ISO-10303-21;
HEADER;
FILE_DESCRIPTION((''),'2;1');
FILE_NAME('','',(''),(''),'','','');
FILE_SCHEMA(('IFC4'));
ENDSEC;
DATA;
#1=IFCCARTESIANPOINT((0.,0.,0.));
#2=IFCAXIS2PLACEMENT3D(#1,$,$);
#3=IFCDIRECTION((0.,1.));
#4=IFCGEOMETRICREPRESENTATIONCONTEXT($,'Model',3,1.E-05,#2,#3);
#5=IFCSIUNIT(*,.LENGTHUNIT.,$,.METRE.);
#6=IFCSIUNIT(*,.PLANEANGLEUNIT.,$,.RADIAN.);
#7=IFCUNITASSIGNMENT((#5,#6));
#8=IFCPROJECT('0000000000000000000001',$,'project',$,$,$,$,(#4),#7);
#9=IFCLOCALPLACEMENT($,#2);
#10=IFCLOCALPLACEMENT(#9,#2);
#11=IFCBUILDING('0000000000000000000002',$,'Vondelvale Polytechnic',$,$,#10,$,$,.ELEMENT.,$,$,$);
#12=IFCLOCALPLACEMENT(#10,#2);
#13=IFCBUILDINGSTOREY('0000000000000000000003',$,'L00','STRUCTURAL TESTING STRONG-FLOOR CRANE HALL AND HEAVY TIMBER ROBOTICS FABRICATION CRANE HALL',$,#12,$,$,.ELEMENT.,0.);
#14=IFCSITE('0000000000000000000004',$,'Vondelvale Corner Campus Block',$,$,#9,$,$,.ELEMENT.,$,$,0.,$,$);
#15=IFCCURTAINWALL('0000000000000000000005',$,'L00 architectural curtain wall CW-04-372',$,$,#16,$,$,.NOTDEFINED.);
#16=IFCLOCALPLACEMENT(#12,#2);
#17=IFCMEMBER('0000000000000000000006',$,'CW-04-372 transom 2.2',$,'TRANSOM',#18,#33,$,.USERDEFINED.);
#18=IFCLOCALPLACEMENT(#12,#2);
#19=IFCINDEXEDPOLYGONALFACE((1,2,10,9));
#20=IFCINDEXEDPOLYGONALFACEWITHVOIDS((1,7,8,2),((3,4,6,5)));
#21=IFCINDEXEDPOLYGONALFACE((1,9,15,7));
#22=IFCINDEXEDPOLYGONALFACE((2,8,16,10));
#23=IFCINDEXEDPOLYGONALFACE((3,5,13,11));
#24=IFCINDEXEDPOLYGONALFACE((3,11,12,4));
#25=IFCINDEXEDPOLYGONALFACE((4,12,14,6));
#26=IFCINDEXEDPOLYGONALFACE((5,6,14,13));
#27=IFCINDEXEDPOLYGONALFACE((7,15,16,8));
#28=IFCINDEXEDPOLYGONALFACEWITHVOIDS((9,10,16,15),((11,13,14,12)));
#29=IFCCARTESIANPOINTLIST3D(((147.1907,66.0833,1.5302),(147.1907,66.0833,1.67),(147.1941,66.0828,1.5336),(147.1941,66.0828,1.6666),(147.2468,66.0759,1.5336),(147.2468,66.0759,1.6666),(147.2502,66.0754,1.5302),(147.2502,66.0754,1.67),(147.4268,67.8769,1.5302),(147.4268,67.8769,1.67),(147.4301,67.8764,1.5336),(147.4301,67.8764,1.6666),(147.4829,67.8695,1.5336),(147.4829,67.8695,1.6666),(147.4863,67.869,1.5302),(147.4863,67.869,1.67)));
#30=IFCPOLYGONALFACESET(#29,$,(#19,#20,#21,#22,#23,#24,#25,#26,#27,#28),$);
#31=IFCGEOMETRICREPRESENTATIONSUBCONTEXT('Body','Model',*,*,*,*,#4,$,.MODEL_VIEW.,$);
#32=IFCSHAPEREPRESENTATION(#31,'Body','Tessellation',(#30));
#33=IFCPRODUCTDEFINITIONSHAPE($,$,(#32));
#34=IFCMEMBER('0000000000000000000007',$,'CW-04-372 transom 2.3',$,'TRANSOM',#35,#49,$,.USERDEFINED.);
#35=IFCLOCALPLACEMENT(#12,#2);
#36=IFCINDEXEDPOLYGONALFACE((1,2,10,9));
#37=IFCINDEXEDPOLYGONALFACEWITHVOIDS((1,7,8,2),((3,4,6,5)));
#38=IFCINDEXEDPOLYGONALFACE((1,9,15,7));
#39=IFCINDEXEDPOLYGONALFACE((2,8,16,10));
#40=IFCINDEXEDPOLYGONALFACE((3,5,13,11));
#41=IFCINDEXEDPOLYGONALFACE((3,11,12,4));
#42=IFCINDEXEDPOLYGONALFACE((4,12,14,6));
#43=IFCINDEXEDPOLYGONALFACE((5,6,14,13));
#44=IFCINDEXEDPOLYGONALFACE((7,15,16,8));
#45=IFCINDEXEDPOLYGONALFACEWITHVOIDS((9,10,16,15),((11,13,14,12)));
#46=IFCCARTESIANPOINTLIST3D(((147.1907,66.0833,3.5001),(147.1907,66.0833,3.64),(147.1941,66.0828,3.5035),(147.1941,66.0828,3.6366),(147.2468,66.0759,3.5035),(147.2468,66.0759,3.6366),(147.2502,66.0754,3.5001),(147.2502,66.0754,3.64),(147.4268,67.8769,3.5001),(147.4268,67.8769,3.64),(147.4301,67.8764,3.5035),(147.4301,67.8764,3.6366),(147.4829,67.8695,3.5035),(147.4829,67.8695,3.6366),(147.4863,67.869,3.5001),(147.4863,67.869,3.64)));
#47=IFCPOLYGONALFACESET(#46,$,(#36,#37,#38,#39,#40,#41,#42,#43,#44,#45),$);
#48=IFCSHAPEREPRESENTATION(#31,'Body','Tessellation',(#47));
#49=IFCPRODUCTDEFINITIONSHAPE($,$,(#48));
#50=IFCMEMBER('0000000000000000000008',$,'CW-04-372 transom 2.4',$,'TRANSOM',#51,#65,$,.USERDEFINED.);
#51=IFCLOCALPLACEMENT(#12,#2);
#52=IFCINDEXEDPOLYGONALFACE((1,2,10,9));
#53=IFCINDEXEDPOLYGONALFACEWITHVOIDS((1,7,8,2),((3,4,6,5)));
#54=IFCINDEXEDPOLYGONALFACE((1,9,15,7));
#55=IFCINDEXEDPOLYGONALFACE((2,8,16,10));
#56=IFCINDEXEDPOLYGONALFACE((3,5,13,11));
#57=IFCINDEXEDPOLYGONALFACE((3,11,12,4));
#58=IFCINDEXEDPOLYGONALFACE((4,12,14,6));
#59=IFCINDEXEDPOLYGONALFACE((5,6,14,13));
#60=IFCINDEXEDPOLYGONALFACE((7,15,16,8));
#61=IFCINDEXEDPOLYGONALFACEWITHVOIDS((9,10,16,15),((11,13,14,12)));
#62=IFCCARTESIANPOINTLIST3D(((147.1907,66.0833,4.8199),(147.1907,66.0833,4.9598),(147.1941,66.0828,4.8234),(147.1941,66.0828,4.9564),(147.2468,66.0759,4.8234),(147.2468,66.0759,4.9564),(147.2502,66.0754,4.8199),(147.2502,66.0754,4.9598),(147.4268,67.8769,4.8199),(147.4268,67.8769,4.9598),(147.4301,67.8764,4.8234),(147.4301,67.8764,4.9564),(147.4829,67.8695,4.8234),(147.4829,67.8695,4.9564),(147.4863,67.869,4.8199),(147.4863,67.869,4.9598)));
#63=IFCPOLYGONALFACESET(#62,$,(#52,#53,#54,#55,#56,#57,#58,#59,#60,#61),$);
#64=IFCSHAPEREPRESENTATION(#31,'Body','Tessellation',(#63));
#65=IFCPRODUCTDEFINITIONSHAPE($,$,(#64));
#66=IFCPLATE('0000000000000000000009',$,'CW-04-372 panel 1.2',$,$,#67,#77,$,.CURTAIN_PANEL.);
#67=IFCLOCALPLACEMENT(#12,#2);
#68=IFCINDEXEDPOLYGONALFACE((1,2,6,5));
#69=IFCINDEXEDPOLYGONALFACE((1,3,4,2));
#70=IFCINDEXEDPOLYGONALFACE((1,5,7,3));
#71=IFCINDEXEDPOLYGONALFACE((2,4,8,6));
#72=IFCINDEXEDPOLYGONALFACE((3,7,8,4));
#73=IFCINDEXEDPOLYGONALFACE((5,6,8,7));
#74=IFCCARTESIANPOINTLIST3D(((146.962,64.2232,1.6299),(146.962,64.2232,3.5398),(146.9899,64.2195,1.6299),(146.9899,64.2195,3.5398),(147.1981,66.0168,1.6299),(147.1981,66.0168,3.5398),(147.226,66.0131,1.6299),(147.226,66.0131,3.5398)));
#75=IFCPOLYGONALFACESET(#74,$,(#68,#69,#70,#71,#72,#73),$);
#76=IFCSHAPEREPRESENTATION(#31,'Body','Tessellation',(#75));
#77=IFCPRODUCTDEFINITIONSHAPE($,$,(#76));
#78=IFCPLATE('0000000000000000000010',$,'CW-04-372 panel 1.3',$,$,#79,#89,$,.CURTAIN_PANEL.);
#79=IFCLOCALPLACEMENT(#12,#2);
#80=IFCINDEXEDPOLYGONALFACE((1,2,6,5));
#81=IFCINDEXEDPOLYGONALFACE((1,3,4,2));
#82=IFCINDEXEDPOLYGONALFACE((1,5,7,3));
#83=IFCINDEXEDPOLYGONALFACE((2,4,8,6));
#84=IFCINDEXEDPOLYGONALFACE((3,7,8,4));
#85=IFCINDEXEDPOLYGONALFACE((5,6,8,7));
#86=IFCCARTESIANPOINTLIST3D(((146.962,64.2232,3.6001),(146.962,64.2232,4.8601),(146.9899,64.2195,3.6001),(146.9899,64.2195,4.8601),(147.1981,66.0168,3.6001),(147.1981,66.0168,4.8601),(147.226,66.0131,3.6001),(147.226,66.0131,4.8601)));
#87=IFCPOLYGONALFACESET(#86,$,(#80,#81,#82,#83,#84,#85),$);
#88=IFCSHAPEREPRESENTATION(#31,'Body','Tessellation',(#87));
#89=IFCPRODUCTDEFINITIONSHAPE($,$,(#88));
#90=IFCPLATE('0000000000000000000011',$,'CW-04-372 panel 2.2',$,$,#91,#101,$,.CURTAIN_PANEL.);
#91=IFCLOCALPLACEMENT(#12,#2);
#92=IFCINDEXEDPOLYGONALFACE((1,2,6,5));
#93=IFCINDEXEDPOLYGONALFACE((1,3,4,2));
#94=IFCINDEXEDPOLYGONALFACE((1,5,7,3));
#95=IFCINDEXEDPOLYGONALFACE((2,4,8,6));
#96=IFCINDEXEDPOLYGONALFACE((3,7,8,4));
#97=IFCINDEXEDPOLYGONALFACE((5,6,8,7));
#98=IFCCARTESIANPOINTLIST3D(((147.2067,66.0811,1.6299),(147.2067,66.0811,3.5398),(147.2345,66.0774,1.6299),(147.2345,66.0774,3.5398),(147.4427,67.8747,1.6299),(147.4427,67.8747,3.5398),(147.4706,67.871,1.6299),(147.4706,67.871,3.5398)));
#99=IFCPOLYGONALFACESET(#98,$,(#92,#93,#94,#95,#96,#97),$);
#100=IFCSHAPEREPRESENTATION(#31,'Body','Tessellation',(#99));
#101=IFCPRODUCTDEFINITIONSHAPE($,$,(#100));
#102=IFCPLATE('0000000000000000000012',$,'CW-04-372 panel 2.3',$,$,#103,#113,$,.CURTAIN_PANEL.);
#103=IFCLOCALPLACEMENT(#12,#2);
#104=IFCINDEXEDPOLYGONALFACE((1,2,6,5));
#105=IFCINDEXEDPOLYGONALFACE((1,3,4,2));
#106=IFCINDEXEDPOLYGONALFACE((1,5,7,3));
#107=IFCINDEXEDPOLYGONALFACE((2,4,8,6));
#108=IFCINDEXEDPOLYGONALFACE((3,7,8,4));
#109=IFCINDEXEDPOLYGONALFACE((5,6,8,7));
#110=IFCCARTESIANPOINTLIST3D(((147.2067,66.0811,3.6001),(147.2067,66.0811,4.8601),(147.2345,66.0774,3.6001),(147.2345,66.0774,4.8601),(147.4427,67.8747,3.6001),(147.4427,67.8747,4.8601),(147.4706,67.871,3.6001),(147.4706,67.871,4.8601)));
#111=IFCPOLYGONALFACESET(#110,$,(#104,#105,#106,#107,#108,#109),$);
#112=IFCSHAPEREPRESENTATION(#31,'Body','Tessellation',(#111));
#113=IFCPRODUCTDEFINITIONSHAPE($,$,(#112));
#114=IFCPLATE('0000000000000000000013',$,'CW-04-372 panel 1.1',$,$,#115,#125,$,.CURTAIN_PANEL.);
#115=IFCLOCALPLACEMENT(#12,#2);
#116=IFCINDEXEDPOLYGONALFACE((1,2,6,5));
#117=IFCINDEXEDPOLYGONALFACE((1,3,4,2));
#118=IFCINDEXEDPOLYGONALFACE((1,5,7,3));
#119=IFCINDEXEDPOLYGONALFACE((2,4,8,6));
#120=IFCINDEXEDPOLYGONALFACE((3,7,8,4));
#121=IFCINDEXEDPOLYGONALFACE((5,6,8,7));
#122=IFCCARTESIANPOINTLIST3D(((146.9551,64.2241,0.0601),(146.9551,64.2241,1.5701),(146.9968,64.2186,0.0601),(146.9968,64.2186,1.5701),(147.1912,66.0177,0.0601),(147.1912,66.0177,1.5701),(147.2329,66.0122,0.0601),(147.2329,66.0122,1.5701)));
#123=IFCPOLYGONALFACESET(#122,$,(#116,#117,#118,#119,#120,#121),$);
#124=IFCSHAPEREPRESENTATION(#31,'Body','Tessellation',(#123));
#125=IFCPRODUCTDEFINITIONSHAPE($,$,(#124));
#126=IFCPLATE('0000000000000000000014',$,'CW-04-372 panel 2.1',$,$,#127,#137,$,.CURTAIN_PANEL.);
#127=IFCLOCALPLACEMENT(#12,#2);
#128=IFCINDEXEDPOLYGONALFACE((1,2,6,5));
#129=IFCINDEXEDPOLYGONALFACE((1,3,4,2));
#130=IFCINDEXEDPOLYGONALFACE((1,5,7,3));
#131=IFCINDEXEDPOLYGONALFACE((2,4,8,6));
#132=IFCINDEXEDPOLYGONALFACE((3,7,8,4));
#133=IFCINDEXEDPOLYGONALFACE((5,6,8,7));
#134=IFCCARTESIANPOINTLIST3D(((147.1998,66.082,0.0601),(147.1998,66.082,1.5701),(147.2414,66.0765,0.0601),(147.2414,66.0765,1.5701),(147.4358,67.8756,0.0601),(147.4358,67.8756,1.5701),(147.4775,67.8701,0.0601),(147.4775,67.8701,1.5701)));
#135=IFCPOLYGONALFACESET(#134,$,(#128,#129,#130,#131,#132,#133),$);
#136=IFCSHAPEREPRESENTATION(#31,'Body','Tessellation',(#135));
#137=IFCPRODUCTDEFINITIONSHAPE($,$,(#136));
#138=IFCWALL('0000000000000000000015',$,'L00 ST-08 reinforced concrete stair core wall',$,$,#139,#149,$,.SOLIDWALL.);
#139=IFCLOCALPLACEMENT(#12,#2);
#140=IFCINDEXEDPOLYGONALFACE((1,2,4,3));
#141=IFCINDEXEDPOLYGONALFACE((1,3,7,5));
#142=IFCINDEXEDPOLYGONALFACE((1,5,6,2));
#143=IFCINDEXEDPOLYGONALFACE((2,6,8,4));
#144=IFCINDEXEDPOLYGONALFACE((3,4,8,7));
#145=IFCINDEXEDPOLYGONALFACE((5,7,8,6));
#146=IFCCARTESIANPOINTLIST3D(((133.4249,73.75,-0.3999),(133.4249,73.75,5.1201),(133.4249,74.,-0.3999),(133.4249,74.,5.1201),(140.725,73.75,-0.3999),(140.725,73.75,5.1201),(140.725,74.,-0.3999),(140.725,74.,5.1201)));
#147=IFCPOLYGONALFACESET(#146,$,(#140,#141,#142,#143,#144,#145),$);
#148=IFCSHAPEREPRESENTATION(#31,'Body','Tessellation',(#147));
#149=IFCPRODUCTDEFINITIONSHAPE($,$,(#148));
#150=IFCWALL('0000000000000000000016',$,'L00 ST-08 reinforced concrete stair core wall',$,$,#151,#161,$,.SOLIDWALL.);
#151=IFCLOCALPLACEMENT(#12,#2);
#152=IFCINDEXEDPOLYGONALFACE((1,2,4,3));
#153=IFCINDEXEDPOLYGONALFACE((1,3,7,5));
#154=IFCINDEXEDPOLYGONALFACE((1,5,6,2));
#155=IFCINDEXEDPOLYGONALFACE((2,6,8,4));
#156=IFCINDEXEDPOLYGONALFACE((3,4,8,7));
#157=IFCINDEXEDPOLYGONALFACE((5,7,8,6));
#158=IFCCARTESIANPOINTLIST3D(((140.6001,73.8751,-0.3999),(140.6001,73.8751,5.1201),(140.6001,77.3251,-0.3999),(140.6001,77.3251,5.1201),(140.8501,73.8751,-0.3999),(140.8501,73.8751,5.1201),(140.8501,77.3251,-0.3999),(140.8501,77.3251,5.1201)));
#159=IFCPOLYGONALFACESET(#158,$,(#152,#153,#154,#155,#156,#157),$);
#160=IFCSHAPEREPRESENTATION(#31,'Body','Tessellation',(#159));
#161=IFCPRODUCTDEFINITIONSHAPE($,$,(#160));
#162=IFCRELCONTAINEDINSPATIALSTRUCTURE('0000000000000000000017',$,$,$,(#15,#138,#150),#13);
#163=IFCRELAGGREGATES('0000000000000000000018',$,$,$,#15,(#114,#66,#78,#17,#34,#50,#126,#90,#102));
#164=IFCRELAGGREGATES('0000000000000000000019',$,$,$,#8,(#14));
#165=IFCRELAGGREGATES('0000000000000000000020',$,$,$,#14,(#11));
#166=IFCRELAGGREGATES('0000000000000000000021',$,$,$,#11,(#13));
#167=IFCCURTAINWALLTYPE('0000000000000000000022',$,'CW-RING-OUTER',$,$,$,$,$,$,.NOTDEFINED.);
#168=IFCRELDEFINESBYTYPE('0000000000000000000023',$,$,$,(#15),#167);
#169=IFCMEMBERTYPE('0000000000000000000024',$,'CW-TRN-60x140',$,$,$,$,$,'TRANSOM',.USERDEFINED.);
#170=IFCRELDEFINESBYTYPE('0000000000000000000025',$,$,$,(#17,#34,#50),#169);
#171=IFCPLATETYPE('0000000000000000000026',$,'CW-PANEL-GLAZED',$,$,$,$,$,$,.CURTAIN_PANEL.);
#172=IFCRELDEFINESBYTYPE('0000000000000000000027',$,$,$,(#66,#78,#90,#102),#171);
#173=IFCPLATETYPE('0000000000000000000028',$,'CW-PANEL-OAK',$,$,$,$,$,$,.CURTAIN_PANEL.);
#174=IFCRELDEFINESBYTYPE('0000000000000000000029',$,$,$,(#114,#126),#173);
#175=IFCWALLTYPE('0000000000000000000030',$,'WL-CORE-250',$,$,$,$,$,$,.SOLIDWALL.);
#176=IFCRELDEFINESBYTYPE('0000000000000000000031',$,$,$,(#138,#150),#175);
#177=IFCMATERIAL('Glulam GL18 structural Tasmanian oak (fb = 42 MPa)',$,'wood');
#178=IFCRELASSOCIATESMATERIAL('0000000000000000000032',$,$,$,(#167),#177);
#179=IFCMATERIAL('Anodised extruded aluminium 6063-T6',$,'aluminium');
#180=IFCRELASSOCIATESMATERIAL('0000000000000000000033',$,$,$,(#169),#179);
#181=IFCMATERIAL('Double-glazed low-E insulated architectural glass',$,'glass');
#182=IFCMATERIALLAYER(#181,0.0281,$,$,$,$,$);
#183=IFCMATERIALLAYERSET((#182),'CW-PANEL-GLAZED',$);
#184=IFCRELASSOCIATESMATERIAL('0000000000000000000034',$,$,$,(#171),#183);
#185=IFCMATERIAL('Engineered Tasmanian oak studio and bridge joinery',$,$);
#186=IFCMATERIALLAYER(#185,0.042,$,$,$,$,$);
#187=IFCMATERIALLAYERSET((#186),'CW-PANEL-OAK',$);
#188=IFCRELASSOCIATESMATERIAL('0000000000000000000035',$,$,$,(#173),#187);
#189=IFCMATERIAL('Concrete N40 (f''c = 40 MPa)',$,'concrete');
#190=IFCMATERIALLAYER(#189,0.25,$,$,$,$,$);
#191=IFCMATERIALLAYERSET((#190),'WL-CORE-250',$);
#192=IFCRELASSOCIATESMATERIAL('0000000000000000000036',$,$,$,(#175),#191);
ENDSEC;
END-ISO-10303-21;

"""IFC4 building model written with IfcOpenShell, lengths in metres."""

from ifc_helpers import new_model, si_unit, direction, frame, frame_2d, origin, origin_2d, place, context, subcontext, project, spatial, rectangle, hollow_rectangle, extrude, material, layer, layer_set, material_profile, profile_set, type_object, element, aggregate, save


model = new_model("IFC4")

# Units and contexts
model_context = context("Model", 3, precision=1e-05, world=origin(), true_north=direction((0.0, 1.0)))
body_context = subcontext(model_context, "Body", "Model", "MODEL_VIEW")
ifc_project = project(units=[si_unit("LENGTHUNIT", "METRE"), si_unit("PLANEANGLEUNIT", "RADIAN")], contexts=[model_context])

# Site, building, storey
site_placement = place(None, origin())
site = spatial("IfcSite", under=ifc_project, at=site_placement, Name="Vondelvale Corner Campus Block", CompositionType="ELEMENT", RefElevation=0.0)
building_placement = place(site_placement, origin())
building = spatial("IfcBuilding", under=site, at=building_placement, Name="Vondelvale Polytechnic", CompositionType="ELEMENT")
storey_placement = place(building_placement, origin())
storey = spatial("IfcBuildingStorey", under=building, at=storey_placement, Name="L00", Description="STRUCTURAL TESTING STRONG-FLOOR CRANE HALL AND HEAVY TIMBER ROBOTICS FABRICATION CRANE HALL", CompositionType="ELEMENT", Elevation=0.0)

# Shared definitions
ifc_material_1 = material(Name="Concrete N40 (f'c = 40 MPa)", Category="concrete")

# Curtain wall, members, plates
ifc_material_2 = material(Name="Glulam GL18 structural Tasmanian oak (fb = 42 MPa)", Category="wood")
curtain_wall_type = type_object("IfcCurtainWallType", Name="CW-RING-OUTER", PredefinedType="NOTDEFINED", material=ifc_material_2)
curtain_wall_placement = place(storey_placement, origin())
curtain_wall = element("IfcCurtainWall", 1, at=curtain_wall_placement, inside=storey, type_object=curtain_wall_type, Name="L00 architectural curtain wall CW-04-372", PredefinedType="NOTDEFINED")
ifc_material_3 = material(Name="Anodised extruded aluminium 6063-T6", Category="aluminium")
ifc_material_profile_1 = material_profile(ifc_material_3, hollow_rectangle(XDim=0.0601, YDim=0.1399, WallThickness=0.0034, at=origin_2d()), Name="CW-TRN-140x60")
ifc_profile_set_1 = profile_set([ifc_material_profile_1], Name="Anodised extruded aluminium 6063-T6")
member_type_1 = type_object("IfcMemberType", Name="CW-TRN-60x140", ElementType="TRANSOM", PredefinedType="USERDEFINED", material=ifc_profile_set_1)
member_1_placement = place(storey_placement, frame((147.2205, 66.0793, 1.6001), z_axis=(0.130493, 0.991449, 0.0), x_axis=(-0.991449, 0.130493, 0.0)))
member_1 = element("IfcMember", 2, at=member_1_placement, type_object=member_type_1, Name="CW-04-372 transom 2.2", ObjectType="TRANSOM", PredefinedType="USERDEFINED", context=body_context, shape_type="SweptSolid", body=[
    extrude(hollow_rectangle(XDim=0.0601, YDim=0.1399, WallThickness=0.0034, at=origin_2d()), origin(), (0.0, 0.0, 1.0), 1.8091),
])
member_2_placement = place(storey_placement, frame((147.2205, 66.0793, 3.5701), z_axis=(0.130493, 0.991449, 0.0), x_axis=(-0.991449, 0.130493, 0.0)))
member_2 = element("IfcMember", 3, at=member_2_placement, type_object=member_type_1, Name="CW-04-372 transom 2.3", ObjectType="TRANSOM", PredefinedType="USERDEFINED", context=body_context, shape_type="SweptSolid", body=[
    extrude(hollow_rectangle(XDim=0.0601, YDim=0.1399, WallThickness=0.0034, at=origin_2d()), origin(), (0.0, 0.0, 1.0), 1.8091),
])
member_3_placement = place(storey_placement, frame((147.2205, 66.0793, 4.8899), z_axis=(0.130493, 0.991449, 0.0), x_axis=(-0.991449, 0.130493, 0.0)))
member_3 = element("IfcMember", 4, at=member_3_placement, type_object=member_type_1, Name="CW-04-372 transom 2.4", ObjectType="TRANSOM", PredefinedType="USERDEFINED", context=body_context, shape_type="SweptSolid", body=[
    extrude(hollow_rectangle(XDim=0.0601, YDim=0.1399, WallThickness=0.0034, at=origin_2d()), origin(), (0.0, 0.0, 1.0), 1.8091),
])
ifc_material_4 = material(Name="Double-glazed low-E insulated architectural glass", Category="glass")
ifc_layer_1 = layer(ifc_material_4, 0.0281)
ifc_layer_set_1 = layer_set([ifc_layer_1], Name="CW-PANEL-GLAZED")
plate_type_1 = type_object("IfcPlateType", Name="CW-PANEL-GLAZED", PredefinedType="CURTAIN_PANEL", material=ifc_layer_set_1)
plate_1_placement = place(storey_placement, frame((147.094, 65.1182, 1.6299), z_axis=(0.0, 0.0, 1.0), x_axis=(0.130497, 0.991449, 0.0)))
plate_1 = element("IfcPlate", 5, at=plate_1_placement, type_object=plate_type_1, Name="CW-04-372 panel 1.2", PredefinedType="CURTAIN_PANEL", context=body_context, shape_type="SweptSolid", body=[
    extrude(rectangle(XDim=1.8091, YDim=0.0281, at=origin_2d()), origin(), (0.0, 0.0, 1.0), 1.9099),
])
plate_2_placement = place(storey_placement, frame((147.094, 65.1182, 3.6001), z_axis=(0.0, 0.0, 1.0), x_axis=(0.130497, 0.991449, 0.0)))
plate_2 = element("IfcPlate", 6, at=plate_2_placement, type_object=plate_type_1, Name="CW-04-372 panel 1.3", PredefinedType="CURTAIN_PANEL", context=body_context, shape_type="SweptSolid", body=[
    extrude(rectangle(XDim=1.8091, YDim=0.0281, at=origin_2d()), origin(), (0.0, 0.0, 1.0), 1.26),
])
plate_3_placement = place(storey_placement, frame((147.3386, 66.9761, 1.6299), z_axis=(0.0, 0.0, 1.0), x_axis=(0.130497, 0.991449, 0.0)))
plate_3 = element("IfcPlate", 7, at=plate_3_placement, type_object=plate_type_1, Name="CW-04-372 panel 2.2", PredefinedType="CURTAIN_PANEL", context=body_context, shape_type="SweptSolid", body=[
    extrude(rectangle(XDim=1.8091, YDim=0.0281, at=origin_2d()), origin(), (0.0, 0.0, 1.0), 1.9099),
])
plate_4_placement = place(storey_placement, frame((147.3386, 66.9761, 3.6001), z_axis=(0.0, 0.0, 1.0), x_axis=(0.130497, 0.991449, 0.0)))
plate_4 = element("IfcPlate", 8, at=plate_4_placement, type_object=plate_type_1, Name="CW-04-372 panel 2.3", PredefinedType="CURTAIN_PANEL", context=body_context, shape_type="SweptSolid", body=[
    extrude(rectangle(XDim=1.8091, YDim=0.0281, at=origin_2d()), origin(), (0.0, 0.0, 1.0), 1.26),
])
ifc_material_5 = material(Name="Engineered Tasmanian oak studio and bridge joinery")
ifc_layer_2 = layer(ifc_material_5, 0.042)
ifc_layer_set_2 = layer_set([ifc_layer_2], Name="CW-PANEL-OAK")
plate_type_2 = type_object("IfcPlateType", Name="CW-PANEL-OAK", PredefinedType="CURTAIN_PANEL", material=ifc_layer_set_2)
plate_5_placement = place(storey_placement, frame((147.094, 65.1182, 0.0601), z_axis=(0.0, 0.0, 1.0), x_axis=(0.130497, 0.991449, 0.0)))
plate_5 = element("IfcPlate", 9, at=plate_5_placement, type_object=plate_type_2, Name="CW-04-372 panel 1.1", PredefinedType="CURTAIN_PANEL", context=body_context, shape_type="SweptSolid", body=[
    extrude(rectangle(XDim=1.8091, YDim=0.042, at=origin_2d()), origin(), (0.0, 0.0, 1.0), 1.51),
])
plate_6_placement = place(storey_placement, frame((147.3386, 66.9761, 0.0601), z_axis=(0.0, 0.0, 1.0), x_axis=(0.130497, 0.991449, 0.0)))
plate_6 = element("IfcPlate", 10, at=plate_6_placement, type_object=plate_type_2, Name="CW-04-372 panel 2.1", PredefinedType="CURTAIN_PANEL", context=body_context, shape_type="SweptSolid", body=[
    extrude(rectangle(XDim=1.8091, YDim=0.042, at=origin_2d()), origin(), (0.0, 0.0, 1.0), 1.51),
])
aggregate(curtain_wall, [plate_5, plate_1, plate_2, member_1, member_2, member_3, plate_6, plate_3, plate_4])

# Walls
ifc_layer_3 = layer(ifc_material_1, 0.25)
ifc_layer_set_3 = layer_set([ifc_layer_3], Name="WL-CORE-250")
wall_type_1 = type_object("IfcWallType", Name="WL-CORE-250", PredefinedType="SOLIDWALL", material=ifc_layer_set_3)
wall_1_placement = place(storey_placement, frame((133.425, 73.875, -0.3999), z_axis=(0.0, 0.0, 1.0), x_axis=(1.0, 0.0, 0.0)))
element("IfcWall", 11, at=wall_1_placement, inside=storey, type_object=wall_type_1, Name="L00 ST-08 reinforced concrete stair core wall", PredefinedType="SOLIDWALL", context=body_context, shape_type="SweptSolid", body=[
    extrude(rectangle(XDim=7.3, YDim=0.25, at=frame_2d((3.6499, 0.0))), origin(), (0.0, 0.0, 1.0), 5.52),
])
wall_2_placement = place(storey_placement, frame((140.7251, 73.875, -0.3999), z_axis=(0.0, 0.0, 1.0), x_axis=(0.0, 1.0, 0.0)))
element("IfcWall", 12, at=wall_2_placement, inside=storey, type_object=wall_type_1, Name="L00 ST-08 reinforced concrete stair core wall", PredefinedType="SOLIDWALL", context=body_context, shape_type="SweptSolid", body=[
    extrude(rectangle(XDim=3.45, YDim=0.25, at=frame_2d((1.7251, 0.0))), origin(), (0.0, 0.0, 1.0), 5.52),
])

save(model, "model.ifc")
